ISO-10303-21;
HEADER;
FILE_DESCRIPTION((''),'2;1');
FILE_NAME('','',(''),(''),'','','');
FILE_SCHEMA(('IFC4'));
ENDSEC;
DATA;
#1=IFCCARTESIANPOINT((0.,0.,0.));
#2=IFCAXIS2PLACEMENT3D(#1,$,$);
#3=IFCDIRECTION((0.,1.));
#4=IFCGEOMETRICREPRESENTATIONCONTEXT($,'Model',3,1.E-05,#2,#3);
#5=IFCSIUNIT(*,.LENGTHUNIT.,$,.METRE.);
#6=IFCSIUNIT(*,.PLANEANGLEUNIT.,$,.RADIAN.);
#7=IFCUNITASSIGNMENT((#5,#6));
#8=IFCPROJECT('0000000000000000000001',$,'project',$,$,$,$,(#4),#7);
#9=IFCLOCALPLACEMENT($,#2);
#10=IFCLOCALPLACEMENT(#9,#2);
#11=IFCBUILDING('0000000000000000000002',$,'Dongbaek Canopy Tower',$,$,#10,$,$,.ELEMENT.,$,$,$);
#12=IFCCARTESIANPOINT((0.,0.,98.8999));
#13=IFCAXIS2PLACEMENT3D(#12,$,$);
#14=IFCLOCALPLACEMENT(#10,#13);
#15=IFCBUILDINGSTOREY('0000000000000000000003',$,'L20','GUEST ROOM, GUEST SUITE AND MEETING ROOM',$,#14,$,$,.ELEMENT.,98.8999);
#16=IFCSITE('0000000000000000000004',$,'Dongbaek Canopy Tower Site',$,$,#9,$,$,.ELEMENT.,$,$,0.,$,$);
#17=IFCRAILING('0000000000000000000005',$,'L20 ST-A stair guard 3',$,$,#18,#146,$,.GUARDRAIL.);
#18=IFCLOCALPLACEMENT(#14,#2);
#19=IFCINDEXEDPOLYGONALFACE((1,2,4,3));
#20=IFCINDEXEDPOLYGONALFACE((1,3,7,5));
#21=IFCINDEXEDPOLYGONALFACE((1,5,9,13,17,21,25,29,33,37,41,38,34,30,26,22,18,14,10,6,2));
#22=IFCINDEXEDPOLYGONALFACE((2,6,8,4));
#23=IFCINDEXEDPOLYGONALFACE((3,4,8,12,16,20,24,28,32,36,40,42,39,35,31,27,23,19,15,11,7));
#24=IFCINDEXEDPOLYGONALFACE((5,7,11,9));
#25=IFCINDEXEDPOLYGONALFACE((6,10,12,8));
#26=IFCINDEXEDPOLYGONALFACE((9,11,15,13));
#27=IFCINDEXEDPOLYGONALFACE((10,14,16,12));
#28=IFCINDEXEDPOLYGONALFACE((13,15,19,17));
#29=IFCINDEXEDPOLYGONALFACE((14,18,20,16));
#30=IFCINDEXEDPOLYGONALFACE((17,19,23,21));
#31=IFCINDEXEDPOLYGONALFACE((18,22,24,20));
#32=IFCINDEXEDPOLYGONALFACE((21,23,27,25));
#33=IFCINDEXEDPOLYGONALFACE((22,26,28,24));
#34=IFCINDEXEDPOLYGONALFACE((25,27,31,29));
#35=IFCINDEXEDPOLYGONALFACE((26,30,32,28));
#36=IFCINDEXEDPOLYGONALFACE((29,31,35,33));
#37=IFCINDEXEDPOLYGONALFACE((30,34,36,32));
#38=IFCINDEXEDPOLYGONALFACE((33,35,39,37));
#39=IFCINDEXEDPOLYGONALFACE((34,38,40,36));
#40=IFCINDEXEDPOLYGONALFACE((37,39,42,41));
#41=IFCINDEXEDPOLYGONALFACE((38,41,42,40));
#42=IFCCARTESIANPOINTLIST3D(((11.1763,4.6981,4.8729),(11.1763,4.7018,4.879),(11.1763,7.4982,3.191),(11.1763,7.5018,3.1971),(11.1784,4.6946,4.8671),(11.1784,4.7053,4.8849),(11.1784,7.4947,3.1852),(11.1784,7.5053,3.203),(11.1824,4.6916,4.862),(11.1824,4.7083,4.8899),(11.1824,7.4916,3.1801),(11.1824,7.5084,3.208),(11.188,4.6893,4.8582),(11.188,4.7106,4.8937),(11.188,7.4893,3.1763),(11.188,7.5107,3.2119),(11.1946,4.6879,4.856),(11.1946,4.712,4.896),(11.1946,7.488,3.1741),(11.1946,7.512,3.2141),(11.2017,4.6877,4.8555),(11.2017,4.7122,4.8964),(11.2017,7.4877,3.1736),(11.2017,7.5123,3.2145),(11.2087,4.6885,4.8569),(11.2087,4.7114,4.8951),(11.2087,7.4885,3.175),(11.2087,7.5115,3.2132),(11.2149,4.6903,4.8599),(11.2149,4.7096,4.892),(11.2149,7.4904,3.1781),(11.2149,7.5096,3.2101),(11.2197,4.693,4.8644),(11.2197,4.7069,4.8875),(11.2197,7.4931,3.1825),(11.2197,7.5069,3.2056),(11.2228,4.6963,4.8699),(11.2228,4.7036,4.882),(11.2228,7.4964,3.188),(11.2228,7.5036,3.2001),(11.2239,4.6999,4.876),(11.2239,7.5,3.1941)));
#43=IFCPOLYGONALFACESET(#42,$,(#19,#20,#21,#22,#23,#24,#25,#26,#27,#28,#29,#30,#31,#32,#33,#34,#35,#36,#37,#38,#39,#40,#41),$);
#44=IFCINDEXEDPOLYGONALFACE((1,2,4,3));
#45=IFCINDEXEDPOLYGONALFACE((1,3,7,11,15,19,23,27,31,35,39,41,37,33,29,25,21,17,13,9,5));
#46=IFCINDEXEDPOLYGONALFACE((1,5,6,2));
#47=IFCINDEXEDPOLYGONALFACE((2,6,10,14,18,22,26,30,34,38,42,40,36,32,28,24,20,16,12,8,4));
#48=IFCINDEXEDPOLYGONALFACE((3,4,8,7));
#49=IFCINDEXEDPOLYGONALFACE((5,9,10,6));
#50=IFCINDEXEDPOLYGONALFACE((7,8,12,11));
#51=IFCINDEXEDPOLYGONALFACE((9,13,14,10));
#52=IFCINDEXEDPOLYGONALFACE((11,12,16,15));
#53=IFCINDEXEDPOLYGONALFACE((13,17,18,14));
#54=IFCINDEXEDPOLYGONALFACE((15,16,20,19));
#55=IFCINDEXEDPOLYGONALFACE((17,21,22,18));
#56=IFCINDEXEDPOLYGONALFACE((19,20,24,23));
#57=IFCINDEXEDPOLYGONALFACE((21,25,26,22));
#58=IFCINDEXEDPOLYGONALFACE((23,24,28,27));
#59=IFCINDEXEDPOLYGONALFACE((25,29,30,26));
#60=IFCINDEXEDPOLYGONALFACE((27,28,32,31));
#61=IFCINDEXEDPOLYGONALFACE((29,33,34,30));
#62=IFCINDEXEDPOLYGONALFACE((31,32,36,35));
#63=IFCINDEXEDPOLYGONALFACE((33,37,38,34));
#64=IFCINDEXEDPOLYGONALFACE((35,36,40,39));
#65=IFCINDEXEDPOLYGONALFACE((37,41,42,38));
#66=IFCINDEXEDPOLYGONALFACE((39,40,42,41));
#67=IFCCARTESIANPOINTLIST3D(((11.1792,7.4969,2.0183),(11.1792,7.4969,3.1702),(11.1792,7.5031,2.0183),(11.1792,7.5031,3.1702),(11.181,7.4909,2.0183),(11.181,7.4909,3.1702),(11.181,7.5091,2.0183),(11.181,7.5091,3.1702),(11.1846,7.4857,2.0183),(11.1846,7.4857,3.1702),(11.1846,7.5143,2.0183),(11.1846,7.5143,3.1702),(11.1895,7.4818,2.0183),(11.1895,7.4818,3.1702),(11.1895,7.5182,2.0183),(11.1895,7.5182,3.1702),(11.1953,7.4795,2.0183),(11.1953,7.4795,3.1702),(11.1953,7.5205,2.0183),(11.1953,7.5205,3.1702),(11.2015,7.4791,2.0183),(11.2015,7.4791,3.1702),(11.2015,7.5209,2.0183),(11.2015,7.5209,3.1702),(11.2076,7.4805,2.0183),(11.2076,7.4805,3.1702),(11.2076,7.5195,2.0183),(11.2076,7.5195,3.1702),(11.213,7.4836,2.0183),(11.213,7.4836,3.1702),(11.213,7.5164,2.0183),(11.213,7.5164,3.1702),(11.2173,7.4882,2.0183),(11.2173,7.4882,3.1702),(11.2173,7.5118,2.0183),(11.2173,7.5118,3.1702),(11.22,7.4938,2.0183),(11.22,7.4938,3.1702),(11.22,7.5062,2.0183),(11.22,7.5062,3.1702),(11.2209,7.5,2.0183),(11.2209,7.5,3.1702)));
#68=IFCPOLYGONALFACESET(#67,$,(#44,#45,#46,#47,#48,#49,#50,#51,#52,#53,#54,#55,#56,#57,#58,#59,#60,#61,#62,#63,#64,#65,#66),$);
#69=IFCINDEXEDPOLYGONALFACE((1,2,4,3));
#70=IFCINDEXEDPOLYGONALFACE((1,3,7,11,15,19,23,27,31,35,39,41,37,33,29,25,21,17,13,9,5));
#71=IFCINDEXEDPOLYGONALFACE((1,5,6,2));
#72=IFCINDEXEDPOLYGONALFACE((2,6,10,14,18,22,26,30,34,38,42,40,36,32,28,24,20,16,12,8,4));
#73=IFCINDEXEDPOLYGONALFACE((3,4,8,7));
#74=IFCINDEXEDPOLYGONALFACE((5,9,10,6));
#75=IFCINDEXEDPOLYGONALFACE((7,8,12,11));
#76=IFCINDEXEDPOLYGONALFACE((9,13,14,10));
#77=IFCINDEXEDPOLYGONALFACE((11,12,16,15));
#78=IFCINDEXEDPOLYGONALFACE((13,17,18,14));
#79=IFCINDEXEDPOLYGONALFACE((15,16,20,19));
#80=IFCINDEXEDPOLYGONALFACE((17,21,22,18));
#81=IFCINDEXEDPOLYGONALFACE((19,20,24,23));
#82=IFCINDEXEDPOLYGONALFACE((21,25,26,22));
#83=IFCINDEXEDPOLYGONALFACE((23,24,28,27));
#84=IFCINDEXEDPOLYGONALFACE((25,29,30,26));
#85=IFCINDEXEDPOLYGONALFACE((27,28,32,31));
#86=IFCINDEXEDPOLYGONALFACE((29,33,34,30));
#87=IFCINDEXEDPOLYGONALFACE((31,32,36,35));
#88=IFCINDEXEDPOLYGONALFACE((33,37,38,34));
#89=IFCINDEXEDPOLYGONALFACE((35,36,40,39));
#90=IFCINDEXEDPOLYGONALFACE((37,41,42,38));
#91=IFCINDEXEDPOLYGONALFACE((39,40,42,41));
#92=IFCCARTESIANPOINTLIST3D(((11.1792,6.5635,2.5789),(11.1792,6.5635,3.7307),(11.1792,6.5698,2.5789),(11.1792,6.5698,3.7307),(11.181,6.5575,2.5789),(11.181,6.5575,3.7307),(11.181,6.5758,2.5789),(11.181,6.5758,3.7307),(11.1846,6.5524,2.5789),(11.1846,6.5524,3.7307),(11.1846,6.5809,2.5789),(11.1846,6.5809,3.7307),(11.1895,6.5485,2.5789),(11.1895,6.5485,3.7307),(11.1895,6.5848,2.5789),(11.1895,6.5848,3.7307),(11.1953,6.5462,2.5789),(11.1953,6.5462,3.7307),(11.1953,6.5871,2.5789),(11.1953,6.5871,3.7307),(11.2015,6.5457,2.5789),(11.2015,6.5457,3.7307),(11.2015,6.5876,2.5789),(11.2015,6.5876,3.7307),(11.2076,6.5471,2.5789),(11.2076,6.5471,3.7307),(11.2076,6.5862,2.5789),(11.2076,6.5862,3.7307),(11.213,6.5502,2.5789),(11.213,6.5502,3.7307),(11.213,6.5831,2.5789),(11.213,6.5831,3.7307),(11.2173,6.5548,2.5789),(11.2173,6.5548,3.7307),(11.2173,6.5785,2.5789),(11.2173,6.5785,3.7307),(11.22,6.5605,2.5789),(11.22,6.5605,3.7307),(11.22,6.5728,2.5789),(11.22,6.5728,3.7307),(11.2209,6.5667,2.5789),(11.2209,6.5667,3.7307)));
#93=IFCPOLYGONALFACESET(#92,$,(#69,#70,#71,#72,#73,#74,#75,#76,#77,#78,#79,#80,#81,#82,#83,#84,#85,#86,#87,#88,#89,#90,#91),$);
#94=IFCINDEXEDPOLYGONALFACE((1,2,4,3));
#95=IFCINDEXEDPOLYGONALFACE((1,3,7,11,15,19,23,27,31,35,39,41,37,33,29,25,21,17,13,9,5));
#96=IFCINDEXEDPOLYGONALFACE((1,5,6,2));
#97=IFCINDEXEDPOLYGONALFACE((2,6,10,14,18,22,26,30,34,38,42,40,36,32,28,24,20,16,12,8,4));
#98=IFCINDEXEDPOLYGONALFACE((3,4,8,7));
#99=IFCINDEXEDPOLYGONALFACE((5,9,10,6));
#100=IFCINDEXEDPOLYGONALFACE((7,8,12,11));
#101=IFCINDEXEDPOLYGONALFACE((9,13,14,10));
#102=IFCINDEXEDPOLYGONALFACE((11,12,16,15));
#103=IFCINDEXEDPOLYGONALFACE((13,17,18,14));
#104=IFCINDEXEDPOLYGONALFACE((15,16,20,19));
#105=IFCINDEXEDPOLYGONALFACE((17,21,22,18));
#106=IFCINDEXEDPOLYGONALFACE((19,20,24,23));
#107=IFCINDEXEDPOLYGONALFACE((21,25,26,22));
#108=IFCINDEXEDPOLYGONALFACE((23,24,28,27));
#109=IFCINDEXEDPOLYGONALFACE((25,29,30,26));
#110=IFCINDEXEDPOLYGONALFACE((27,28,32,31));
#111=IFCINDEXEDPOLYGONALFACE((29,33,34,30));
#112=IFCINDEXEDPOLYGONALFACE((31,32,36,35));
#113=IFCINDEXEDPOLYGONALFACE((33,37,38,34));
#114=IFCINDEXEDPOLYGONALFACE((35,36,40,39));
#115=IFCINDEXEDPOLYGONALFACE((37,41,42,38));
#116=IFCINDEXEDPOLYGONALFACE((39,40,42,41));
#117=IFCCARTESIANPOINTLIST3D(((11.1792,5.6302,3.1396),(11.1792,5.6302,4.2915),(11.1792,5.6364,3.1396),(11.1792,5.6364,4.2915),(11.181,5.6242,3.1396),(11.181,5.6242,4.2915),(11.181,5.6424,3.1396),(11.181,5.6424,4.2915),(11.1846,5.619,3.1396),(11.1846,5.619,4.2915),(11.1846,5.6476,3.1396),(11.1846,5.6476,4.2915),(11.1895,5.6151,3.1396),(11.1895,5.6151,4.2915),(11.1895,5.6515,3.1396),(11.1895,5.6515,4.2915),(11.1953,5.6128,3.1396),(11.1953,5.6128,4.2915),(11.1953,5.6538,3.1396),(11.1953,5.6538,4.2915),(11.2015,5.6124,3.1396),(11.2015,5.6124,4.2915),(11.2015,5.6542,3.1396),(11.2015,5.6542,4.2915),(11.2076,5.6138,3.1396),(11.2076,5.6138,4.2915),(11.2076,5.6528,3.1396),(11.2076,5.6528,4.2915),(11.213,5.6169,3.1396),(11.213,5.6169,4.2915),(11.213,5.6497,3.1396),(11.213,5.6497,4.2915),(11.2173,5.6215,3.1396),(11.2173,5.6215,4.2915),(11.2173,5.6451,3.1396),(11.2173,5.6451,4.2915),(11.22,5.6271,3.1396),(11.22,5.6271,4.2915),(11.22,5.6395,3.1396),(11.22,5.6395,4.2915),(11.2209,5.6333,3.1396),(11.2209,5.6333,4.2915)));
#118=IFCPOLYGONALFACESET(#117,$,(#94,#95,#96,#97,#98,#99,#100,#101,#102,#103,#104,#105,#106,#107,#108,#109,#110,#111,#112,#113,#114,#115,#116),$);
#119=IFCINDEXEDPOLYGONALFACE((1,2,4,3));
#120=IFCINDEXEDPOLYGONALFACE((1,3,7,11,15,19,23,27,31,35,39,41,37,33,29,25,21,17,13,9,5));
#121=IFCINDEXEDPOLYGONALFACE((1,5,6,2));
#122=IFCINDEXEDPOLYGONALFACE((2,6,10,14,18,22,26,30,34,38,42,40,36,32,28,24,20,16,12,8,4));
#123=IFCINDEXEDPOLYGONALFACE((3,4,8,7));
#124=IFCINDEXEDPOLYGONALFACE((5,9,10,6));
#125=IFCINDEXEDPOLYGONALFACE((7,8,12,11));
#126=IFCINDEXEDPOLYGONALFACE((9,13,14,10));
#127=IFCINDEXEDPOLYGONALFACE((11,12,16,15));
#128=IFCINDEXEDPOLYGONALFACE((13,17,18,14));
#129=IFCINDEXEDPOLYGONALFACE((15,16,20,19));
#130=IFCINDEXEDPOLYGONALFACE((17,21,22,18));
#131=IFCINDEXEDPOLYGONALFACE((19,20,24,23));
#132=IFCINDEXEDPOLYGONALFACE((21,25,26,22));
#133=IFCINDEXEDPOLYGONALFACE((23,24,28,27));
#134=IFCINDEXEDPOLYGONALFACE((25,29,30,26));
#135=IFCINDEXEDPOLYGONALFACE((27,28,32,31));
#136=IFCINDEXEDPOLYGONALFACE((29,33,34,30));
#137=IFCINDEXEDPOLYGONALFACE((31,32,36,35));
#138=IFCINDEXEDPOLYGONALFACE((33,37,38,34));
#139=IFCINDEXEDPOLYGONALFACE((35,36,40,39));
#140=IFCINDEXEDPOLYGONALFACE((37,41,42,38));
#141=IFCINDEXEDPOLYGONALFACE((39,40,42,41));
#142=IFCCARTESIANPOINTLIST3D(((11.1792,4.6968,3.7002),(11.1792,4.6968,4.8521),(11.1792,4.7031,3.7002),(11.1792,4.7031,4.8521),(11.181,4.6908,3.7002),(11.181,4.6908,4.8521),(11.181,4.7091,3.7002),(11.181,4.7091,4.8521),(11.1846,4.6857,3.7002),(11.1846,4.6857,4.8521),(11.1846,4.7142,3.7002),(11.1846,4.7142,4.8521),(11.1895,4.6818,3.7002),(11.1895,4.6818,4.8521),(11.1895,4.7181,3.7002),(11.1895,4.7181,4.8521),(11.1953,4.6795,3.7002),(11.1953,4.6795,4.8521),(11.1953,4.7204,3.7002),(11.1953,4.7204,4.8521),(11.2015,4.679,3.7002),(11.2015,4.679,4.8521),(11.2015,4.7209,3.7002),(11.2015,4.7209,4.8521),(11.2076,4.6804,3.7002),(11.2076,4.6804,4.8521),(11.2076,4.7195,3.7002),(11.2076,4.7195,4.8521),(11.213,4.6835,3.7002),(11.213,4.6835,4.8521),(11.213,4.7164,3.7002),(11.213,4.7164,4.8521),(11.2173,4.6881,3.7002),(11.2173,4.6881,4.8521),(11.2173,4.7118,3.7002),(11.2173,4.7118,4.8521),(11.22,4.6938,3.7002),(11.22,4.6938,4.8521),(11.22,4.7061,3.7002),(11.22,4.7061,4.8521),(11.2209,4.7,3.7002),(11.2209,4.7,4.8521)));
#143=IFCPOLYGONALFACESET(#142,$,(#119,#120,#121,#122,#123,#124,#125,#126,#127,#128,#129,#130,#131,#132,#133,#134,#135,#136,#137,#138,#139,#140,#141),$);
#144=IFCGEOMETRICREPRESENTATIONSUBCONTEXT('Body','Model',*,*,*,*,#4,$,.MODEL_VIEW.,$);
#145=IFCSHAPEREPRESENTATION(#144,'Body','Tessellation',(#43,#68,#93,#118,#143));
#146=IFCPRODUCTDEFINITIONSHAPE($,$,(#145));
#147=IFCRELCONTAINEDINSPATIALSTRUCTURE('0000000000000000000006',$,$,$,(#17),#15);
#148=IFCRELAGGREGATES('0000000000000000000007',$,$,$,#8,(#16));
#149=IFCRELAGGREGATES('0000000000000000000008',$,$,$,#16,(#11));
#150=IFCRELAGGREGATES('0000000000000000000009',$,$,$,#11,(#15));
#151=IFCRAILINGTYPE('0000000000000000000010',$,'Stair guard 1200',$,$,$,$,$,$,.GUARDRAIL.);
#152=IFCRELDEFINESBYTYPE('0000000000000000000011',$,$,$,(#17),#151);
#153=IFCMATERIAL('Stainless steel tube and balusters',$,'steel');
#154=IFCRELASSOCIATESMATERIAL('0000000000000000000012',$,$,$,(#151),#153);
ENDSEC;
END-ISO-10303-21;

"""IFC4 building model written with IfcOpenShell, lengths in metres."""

from ifc_helpers import new_model, si_unit, direction, frame, origin, origin_2d, place, context, subcontext, project, spatial, circle, extrude, material, type_object, element, save


model = new_model("IFC4")

# Units and contexts
model_context = context("Model", 3, precision=1e-05, world=origin(), true_north=direction((0.0, 1.0)))
body_context = subcontext(model_context, "Body", "Model", "MODEL_VIEW")
ifc_project = project(units=[si_unit("LENGTHUNIT", "METRE"), si_unit("PLANEANGLEUNIT", "RADIAN")], contexts=[model_context])

# Site, building, storey
site_placement = place(None, origin())
site = spatial("IfcSite", under=ifc_project, at=site_placement, Name="Dongbaek Canopy Tower Site", CompositionType="ELEMENT", RefElevation=0.0)
building_placement = place(site_placement, origin())
building = spatial("IfcBuilding", under=site, at=building_placement, Name="Dongbaek Canopy Tower", CompositionType="ELEMENT")
storey_placement = place(building_placement, frame((0.0, 0.0, 98.8999)))
storey = spatial("IfcBuildingStorey", under=building, at=storey_placement, Name="L20", Description="GUEST ROOM, GUEST SUITE AND MEETING ROOM", CompositionType="ELEMENT", Elevation=98.8999)

# Railing
ifc_material_1 = material(Name="Stainless steel tube and balusters", Category="steel")
railing_type_1 = type_object("IfcRailingType", Name="Stair guard 1200", PredefinedType="GUARDRAIL", material=ifc_material_1)
railing_1_placement = place(storey_placement, frame((11.2, 7.5, 2.0183)))
element("IfcRailing", 1, at=railing_1_placement, inside=storey, type_object=railing_type_1, Name="L20 ST-A stair guard 3", PredefinedType="GUARDRAIL", context=body_context, shape_type="SweptSolid", body=[
    extrude(circle(Radius=0.0239, at=origin_2d()), frame((0.0, 0.0, 1.1758), z_axis=(0.0, -0.857242, 0.514913), x_axis=(1.0, 0.0, 0.0)), (0.0, 0.0, 1.0), 3.2664),
    extrude(circle(Radius=0.021, at=origin_2d()), origin(), (0.0, 0.0, 1.0), 1.1519),
    extrude(circle(Radius=0.021, at=origin_2d()), frame((0.0, -0.9333, 0.5605)), (0.0, 0.0, 1.0), 1.1519),
    extrude(circle(Radius=0.021, at=origin_2d()), frame((0.0, -1.8667, 1.1213)), (0.0, 0.0, 1.0), 1.1519),
    extrude(circle(Radius=0.021, at=origin_2d()), frame((0.0, -2.8, 1.6819)), (0.0, 0.0, 1.0), 1.1519),
])

save(model, "model.ifc")
